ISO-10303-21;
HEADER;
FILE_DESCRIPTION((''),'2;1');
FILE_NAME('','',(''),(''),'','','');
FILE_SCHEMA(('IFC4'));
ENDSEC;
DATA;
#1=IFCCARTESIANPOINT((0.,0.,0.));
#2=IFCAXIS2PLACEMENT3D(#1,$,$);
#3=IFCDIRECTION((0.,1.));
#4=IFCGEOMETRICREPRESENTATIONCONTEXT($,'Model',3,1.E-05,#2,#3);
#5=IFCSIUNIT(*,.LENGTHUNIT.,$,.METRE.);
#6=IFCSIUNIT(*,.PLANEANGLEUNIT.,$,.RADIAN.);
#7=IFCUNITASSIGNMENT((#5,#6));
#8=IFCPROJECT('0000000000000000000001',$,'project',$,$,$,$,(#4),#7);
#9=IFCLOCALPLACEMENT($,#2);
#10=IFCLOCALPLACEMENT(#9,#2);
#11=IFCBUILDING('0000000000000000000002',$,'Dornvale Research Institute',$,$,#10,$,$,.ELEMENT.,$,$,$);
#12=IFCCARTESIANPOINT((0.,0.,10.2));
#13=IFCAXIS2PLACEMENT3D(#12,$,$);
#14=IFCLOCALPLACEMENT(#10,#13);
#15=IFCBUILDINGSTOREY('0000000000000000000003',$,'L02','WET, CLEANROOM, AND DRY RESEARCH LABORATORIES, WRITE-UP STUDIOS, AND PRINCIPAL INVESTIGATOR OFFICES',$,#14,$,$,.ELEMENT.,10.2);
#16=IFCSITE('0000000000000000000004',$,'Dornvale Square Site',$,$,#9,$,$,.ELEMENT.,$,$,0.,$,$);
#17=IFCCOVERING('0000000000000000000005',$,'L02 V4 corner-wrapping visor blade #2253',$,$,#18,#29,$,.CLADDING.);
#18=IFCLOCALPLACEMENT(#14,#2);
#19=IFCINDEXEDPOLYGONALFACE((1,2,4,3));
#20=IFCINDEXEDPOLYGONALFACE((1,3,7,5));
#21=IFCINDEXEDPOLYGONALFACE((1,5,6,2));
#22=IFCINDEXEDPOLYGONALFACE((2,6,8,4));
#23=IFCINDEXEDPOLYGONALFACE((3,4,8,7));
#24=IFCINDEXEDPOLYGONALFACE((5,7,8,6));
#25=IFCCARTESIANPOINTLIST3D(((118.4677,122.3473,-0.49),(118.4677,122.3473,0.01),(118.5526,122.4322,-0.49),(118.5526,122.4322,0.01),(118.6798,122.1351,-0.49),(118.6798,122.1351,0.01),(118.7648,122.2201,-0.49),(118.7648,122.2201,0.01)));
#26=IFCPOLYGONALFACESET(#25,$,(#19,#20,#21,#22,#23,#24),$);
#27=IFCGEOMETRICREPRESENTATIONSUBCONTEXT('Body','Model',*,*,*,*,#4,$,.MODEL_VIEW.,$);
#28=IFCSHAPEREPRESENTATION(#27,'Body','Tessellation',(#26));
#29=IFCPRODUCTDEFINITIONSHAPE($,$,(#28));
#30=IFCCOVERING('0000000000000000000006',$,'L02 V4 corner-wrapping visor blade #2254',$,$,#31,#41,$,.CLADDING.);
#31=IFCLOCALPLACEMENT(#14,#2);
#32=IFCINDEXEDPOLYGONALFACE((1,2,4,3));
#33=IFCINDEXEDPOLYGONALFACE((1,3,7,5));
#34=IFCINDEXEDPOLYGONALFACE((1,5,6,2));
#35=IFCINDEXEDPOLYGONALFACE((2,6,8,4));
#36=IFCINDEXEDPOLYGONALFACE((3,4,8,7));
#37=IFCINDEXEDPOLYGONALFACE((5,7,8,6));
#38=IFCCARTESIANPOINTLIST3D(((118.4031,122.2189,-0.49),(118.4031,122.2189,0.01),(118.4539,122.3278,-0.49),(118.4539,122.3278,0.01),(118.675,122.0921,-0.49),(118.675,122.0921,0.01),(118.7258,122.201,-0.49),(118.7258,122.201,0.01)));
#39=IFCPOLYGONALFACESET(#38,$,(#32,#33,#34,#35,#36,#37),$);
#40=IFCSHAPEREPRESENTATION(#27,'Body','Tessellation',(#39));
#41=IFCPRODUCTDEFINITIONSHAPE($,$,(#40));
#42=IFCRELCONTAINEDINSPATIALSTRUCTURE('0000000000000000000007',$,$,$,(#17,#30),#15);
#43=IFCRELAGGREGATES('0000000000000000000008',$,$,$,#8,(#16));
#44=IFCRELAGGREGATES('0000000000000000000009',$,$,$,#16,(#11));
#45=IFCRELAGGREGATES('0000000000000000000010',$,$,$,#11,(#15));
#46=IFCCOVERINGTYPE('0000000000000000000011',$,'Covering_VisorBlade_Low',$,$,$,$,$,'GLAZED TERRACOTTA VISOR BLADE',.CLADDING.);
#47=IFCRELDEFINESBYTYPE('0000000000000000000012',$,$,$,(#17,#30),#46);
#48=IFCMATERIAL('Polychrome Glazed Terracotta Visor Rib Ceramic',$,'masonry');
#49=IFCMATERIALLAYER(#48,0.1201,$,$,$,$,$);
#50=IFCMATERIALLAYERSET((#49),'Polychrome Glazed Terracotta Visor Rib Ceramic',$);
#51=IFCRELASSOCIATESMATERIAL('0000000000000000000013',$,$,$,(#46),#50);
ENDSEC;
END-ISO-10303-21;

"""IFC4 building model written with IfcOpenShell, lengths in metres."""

from ifc_helpers import new_model, si_unit, direction, frame, origin, origin_2d, place, context, subcontext, project, spatial, rectangle, extrude, material, layer, layer_set, type_object, element, save


model = new_model("IFC4")

# Units and contexts
model_context = context("Model", 3, precision=1e-05, world=origin(), true_north=direction((0.0, 1.0)))
body_context = subcontext(model_context, "Body", "Model", "MODEL_VIEW")
ifc_project = project(units=[si_unit("LENGTHUNIT", "METRE"), si_unit("PLANEANGLEUNIT", "RADIAN")], contexts=[model_context])

# Site, building, storey
site_placement = place(None, origin())
site = spatial("IfcSite", under=ifc_project, at=site_placement, Name="Dornvale Square Site", CompositionType="ELEMENT", RefElevation=0.0)
building_placement = place(site_placement, origin())
building = spatial("IfcBuilding", under=site, at=building_placement, Name="Dornvale Research Institute", CompositionType="ELEMENT")
storey_placement = place(building_placement, frame((0.0, 0.0, 10.2)))
storey = spatial("IfcBuildingStorey", under=building, at=storey_placement, Name="L02", Description="WET, CLEANROOM, AND DRY RESEARCH LABORATORIES, WRITE-UP STUDIOS, AND PRINCIPAL INVESTIGATOR OFFICES", CompositionType="ELEMENT", Elevation=10.2)

# Coverings
ifc_material_1 = material(Name="Polychrome Glazed Terracotta Visor Rib Ceramic", Category="masonry")
ifc_layer = layer(ifc_material_1, 0.1201)
ifc_layer_set = layer_set([ifc_layer], Name="Polychrome Glazed Terracotta Visor Rib Ceramic")
covering_type = type_object("IfcCoveringType", Name="Covering_VisorBlade_Low", ElementType="GLAZED TERRACOTTA VISOR BLADE", PredefinedType="CLADDING", material=ifc_layer_set)
for number, where, z_axis, x_axis, name in (
    (1, (118.6162, 122.2837, -0.49), (0.0, 0.0, 1.0), (-0.707107, 0.707107, 0.0), "L02 V4 corner-wrapping visor blade #2253"),
    (2, (118.5645, 122.21, -0.49), (0.0, 0.0, 1.0), (-0.906308, 0.422618, 0.0), "L02 V4 corner-wrapping visor blade #2254"),
):
    element("IfcCovering", number, at=place(storey_placement, frame(where, z_axis=z_axis, x_axis=x_axis)), inside=storey, type_object=covering_type, Name=name, PredefinedType="CLADDING", context=body_context, shape_type="SweptSolid", body=[
        extrude(rectangle(XDim=0.3, YDim=0.1201, at=origin_2d()), origin(), (0.0, 0.0, 1.0), 0.5),
    ])

save(model, "model.ifc")
